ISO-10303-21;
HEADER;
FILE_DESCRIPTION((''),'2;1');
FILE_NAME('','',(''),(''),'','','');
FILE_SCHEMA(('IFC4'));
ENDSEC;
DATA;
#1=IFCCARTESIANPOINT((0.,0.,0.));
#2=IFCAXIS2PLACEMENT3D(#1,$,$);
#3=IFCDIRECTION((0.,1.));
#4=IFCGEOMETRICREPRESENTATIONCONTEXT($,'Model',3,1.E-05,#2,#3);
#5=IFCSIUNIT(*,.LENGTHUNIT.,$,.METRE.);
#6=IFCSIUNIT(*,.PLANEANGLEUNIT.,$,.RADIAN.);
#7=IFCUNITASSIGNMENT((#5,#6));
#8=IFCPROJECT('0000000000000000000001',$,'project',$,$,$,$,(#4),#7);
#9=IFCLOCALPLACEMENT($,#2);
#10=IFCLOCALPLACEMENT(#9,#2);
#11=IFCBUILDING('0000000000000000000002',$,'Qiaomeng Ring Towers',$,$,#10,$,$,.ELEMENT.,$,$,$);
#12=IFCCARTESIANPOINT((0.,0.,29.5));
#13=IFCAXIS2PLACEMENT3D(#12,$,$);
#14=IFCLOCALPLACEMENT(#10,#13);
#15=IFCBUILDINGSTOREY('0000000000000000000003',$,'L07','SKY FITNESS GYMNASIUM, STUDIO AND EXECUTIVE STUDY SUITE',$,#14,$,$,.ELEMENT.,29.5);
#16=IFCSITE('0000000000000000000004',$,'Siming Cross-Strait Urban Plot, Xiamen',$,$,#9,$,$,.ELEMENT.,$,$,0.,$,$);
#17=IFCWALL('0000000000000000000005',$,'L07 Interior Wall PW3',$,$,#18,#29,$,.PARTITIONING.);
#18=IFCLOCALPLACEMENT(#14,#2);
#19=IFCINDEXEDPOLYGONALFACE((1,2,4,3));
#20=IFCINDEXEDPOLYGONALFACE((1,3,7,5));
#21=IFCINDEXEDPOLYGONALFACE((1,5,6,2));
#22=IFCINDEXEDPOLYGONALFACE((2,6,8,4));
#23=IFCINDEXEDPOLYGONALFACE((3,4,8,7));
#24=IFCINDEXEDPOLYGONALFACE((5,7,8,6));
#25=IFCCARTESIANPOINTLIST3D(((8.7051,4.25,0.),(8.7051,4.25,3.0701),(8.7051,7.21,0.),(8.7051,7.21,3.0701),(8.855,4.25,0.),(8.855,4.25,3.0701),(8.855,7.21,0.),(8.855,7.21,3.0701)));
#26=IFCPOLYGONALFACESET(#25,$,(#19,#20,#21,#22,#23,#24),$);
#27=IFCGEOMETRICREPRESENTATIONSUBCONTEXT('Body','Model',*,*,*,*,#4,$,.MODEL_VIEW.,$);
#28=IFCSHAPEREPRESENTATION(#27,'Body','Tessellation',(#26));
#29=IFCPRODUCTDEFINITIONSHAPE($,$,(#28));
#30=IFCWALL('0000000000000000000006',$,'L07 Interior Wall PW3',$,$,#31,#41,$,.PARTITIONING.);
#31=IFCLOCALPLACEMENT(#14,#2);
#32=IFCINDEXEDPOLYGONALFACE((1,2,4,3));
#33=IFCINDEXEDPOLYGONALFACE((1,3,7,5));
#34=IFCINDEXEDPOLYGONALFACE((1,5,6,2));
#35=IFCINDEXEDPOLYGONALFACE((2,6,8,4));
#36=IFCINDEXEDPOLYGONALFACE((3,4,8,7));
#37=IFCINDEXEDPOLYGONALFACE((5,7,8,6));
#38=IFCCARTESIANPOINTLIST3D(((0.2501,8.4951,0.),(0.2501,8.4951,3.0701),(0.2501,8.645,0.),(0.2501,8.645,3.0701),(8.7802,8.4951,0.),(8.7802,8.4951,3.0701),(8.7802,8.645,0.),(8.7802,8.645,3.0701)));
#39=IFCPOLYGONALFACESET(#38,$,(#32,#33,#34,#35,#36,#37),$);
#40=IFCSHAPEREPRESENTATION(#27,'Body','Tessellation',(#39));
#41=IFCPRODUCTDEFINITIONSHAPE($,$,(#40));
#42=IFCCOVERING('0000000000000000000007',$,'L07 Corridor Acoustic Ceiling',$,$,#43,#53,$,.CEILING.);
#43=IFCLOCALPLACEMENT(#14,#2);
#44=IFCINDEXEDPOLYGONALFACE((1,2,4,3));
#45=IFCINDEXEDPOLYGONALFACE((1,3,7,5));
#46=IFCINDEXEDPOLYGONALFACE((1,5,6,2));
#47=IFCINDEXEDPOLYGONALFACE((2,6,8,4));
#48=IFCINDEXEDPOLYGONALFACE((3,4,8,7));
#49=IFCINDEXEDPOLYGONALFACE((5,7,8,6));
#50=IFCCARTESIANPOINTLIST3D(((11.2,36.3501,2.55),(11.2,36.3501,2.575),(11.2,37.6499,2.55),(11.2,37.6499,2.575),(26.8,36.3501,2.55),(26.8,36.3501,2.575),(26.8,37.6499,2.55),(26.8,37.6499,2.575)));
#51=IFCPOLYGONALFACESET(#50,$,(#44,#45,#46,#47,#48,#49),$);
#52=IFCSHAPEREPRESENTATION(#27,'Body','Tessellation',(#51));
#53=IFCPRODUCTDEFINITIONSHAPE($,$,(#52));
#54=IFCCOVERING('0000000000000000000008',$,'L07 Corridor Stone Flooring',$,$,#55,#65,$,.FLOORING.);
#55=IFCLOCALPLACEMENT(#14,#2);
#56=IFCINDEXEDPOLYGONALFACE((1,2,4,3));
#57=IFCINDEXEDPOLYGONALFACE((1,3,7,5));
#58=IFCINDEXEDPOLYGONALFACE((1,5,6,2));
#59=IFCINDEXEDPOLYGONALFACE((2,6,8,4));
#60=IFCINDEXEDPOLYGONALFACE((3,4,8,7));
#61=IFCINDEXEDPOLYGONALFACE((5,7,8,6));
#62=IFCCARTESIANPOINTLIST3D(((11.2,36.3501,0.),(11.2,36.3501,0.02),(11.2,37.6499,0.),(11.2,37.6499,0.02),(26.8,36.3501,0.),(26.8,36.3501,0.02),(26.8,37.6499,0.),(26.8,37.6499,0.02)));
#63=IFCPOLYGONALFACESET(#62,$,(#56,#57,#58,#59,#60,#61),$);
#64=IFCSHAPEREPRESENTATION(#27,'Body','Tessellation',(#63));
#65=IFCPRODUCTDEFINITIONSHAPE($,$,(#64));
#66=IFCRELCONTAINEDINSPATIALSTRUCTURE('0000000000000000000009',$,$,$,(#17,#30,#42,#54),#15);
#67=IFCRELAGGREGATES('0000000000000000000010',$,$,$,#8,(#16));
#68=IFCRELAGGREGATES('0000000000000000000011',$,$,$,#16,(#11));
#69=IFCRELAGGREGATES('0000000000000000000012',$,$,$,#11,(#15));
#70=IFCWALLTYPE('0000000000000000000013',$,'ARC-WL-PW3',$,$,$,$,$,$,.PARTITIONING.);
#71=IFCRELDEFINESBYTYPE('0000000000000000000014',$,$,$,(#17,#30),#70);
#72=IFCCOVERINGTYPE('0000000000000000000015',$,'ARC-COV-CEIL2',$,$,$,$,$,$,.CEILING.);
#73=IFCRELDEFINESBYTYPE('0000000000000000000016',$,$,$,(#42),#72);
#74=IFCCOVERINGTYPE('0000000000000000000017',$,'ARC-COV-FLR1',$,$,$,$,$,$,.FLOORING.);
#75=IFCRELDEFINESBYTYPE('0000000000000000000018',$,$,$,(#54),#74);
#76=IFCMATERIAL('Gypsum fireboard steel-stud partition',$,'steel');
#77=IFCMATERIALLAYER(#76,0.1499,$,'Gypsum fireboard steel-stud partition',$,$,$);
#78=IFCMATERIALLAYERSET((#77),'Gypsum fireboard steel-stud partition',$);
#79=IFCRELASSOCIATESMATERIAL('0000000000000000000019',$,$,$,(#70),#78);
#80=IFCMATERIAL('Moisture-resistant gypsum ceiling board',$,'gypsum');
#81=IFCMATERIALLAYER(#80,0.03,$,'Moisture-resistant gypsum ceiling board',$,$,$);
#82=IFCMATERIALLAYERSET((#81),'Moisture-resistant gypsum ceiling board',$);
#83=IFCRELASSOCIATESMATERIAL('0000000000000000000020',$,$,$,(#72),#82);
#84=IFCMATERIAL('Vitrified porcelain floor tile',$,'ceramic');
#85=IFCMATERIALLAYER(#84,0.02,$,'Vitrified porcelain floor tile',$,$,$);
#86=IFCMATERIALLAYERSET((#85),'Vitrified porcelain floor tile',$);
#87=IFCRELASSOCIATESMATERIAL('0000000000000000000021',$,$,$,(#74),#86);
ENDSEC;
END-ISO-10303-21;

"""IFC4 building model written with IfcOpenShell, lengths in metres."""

from ifc_helpers import new_model, si_unit, direction, frame, frame_2d, origin, place, context, subcontext, project, spatial, polyline, rectangle, outline, extrude, material, layer, layer_set, type_object, element, save


model = new_model("IFC4")

# Units and contexts
model_context = context("Model", 3, precision=1e-05, world=origin(), true_north=direction((0.0, 1.0)))
body_context = subcontext(model_context, "Body", "Model", "MODEL_VIEW")
ifc_project = project(units=[si_unit("LENGTHUNIT", "METRE"), si_unit("PLANEANGLEUNIT", "RADIAN")], contexts=[model_context])

# Site, building, storey
site_placement = place(None, origin())
site = spatial("IfcSite", under=ifc_project, at=site_placement, Name="Siming Cross-Strait Urban Plot, Xiamen", CompositionType="ELEMENT", RefElevation=0.0)
building_placement = place(site_placement, origin())
building = spatial("IfcBuilding", under=site, at=building_placement, Name="Qiaomeng Ring Towers", CompositionType="ELEMENT")
storey_placement = place(building_placement, frame((0.0, 0.0, 29.5)))
storey = spatial("IfcBuildingStorey", under=building, at=storey_placement, Name="L07", Description="SKY FITNESS GYMNASIUM, STUDIO AND EXECUTIVE STUDY SUITE", CompositionType="ELEMENT", Elevation=29.5)

# Walls
ifc_material_1 = material(Name="Gypsum fireboard steel-stud partition", Category="steel")
ifc_layer_1 = layer(ifc_material_1, 0.1499, Name="Gypsum fireboard steel-stud partition")
ifc_layer_set_1 = layer_set([ifc_layer_1], Name="Gypsum fireboard steel-stud partition")
wall_type_1 = type_object("IfcWallType", Name="ARC-WL-PW3", PredefinedType="PARTITIONING", material=ifc_layer_set_1)
wall_1_placement = place(storey_placement, frame((8.78, 4.25, 0.0), z_axis=(0.0, 0.0, 1.0), x_axis=(0.0, 1.0, 0.0)))
element("IfcWall", 1, at=wall_1_placement, inside=storey, type_object=wall_type_1, Name="L07 Interior Wall PW3", PredefinedType="PARTITIONING", context=body_context, shape_type="SweptSolid", body=[
    extrude(rectangle(XDim=2.96, YDim=0.1499, at=frame_2d((1.48, 0.0))), origin(), (0.0, 0.0, 1.0), 3.0701),
])
wall_2_placement = place(storey_placement, frame((0.25, 8.5701, 0.0), z_axis=(0.0, 0.0, 1.0), x_axis=(1.0, 0.0, 0.0)))
element("IfcWall", 2, at=wall_2_placement, inside=storey, type_object=wall_type_1, Name="L07 Interior Wall PW3", PredefinedType="PARTITIONING", context=body_context, shape_type="SweptSolid", body=[
    extrude(rectangle(XDim=8.53, YDim=0.1499, at=frame_2d((4.2651, 0.0))), origin(), (0.0, 0.0, 1.0), 3.0701),
])

# Coverings
ifc_material_2 = material(Name="Moisture-resistant gypsum ceiling board", Category="gypsum")
ifc_layer_2 = layer(ifc_material_2, 0.03, Name="Moisture-resistant gypsum ceiling board")
ifc_layer_set_2 = layer_set([ifc_layer_2], Name="Moisture-resistant gypsum ceiling board")
covering_type_1 = type_object("IfcCoveringType", Name="ARC-COV-CEIL2", PredefinedType="CEILING", material=ifc_layer_set_2)
covering_1_placement = place(storey_placement, frame((0.0, 0.0, 2.55)))
element("IfcCovering", 3, at=covering_1_placement, inside=storey, type_object=covering_type_1, Name="L07 Corridor Acoustic Ceiling", PredefinedType="CEILING", context=body_context, shape_type="SweptSolid", body=[
    extrude(outline(polyline([(11.2, 36.3501), (11.2, 37.6499), (26.8, 37.6499), (26.8, 36.3501), (11.2, 36.3501)])), origin(), (0.0, 0.0, 1.0), 0.0249),
])
ifc_material_3 = material(Name="Vitrified porcelain floor tile", Category="ceramic")
ifc_layer_3 = layer(ifc_material_3, 0.02, Name="Vitrified porcelain floor tile")
ifc_layer_set_3 = layer_set([ifc_layer_3], Name="Vitrified porcelain floor tile")
covering_type_2 = type_object("IfcCoveringType", Name="ARC-COV-FLR1", PredefinedType="FLOORING", material=ifc_layer_set_3)
covering_2_placement = place(storey_placement, origin())
element("IfcCovering", 4, at=covering_2_placement, inside=storey, type_object=covering_type_2, Name="L07 Corridor Stone Flooring", PredefinedType="FLOORING", context=body_context, shape_type="SweptSolid", body=[
    extrude(outline(polyline([(11.2, 36.3501), (11.2, 37.6499), (26.8, 37.6499), (26.8, 36.3501), (11.2, 36.3501)])), origin(), (0.0, 0.0, 1.0), 0.02),
])

save(model, "model.ifc")
